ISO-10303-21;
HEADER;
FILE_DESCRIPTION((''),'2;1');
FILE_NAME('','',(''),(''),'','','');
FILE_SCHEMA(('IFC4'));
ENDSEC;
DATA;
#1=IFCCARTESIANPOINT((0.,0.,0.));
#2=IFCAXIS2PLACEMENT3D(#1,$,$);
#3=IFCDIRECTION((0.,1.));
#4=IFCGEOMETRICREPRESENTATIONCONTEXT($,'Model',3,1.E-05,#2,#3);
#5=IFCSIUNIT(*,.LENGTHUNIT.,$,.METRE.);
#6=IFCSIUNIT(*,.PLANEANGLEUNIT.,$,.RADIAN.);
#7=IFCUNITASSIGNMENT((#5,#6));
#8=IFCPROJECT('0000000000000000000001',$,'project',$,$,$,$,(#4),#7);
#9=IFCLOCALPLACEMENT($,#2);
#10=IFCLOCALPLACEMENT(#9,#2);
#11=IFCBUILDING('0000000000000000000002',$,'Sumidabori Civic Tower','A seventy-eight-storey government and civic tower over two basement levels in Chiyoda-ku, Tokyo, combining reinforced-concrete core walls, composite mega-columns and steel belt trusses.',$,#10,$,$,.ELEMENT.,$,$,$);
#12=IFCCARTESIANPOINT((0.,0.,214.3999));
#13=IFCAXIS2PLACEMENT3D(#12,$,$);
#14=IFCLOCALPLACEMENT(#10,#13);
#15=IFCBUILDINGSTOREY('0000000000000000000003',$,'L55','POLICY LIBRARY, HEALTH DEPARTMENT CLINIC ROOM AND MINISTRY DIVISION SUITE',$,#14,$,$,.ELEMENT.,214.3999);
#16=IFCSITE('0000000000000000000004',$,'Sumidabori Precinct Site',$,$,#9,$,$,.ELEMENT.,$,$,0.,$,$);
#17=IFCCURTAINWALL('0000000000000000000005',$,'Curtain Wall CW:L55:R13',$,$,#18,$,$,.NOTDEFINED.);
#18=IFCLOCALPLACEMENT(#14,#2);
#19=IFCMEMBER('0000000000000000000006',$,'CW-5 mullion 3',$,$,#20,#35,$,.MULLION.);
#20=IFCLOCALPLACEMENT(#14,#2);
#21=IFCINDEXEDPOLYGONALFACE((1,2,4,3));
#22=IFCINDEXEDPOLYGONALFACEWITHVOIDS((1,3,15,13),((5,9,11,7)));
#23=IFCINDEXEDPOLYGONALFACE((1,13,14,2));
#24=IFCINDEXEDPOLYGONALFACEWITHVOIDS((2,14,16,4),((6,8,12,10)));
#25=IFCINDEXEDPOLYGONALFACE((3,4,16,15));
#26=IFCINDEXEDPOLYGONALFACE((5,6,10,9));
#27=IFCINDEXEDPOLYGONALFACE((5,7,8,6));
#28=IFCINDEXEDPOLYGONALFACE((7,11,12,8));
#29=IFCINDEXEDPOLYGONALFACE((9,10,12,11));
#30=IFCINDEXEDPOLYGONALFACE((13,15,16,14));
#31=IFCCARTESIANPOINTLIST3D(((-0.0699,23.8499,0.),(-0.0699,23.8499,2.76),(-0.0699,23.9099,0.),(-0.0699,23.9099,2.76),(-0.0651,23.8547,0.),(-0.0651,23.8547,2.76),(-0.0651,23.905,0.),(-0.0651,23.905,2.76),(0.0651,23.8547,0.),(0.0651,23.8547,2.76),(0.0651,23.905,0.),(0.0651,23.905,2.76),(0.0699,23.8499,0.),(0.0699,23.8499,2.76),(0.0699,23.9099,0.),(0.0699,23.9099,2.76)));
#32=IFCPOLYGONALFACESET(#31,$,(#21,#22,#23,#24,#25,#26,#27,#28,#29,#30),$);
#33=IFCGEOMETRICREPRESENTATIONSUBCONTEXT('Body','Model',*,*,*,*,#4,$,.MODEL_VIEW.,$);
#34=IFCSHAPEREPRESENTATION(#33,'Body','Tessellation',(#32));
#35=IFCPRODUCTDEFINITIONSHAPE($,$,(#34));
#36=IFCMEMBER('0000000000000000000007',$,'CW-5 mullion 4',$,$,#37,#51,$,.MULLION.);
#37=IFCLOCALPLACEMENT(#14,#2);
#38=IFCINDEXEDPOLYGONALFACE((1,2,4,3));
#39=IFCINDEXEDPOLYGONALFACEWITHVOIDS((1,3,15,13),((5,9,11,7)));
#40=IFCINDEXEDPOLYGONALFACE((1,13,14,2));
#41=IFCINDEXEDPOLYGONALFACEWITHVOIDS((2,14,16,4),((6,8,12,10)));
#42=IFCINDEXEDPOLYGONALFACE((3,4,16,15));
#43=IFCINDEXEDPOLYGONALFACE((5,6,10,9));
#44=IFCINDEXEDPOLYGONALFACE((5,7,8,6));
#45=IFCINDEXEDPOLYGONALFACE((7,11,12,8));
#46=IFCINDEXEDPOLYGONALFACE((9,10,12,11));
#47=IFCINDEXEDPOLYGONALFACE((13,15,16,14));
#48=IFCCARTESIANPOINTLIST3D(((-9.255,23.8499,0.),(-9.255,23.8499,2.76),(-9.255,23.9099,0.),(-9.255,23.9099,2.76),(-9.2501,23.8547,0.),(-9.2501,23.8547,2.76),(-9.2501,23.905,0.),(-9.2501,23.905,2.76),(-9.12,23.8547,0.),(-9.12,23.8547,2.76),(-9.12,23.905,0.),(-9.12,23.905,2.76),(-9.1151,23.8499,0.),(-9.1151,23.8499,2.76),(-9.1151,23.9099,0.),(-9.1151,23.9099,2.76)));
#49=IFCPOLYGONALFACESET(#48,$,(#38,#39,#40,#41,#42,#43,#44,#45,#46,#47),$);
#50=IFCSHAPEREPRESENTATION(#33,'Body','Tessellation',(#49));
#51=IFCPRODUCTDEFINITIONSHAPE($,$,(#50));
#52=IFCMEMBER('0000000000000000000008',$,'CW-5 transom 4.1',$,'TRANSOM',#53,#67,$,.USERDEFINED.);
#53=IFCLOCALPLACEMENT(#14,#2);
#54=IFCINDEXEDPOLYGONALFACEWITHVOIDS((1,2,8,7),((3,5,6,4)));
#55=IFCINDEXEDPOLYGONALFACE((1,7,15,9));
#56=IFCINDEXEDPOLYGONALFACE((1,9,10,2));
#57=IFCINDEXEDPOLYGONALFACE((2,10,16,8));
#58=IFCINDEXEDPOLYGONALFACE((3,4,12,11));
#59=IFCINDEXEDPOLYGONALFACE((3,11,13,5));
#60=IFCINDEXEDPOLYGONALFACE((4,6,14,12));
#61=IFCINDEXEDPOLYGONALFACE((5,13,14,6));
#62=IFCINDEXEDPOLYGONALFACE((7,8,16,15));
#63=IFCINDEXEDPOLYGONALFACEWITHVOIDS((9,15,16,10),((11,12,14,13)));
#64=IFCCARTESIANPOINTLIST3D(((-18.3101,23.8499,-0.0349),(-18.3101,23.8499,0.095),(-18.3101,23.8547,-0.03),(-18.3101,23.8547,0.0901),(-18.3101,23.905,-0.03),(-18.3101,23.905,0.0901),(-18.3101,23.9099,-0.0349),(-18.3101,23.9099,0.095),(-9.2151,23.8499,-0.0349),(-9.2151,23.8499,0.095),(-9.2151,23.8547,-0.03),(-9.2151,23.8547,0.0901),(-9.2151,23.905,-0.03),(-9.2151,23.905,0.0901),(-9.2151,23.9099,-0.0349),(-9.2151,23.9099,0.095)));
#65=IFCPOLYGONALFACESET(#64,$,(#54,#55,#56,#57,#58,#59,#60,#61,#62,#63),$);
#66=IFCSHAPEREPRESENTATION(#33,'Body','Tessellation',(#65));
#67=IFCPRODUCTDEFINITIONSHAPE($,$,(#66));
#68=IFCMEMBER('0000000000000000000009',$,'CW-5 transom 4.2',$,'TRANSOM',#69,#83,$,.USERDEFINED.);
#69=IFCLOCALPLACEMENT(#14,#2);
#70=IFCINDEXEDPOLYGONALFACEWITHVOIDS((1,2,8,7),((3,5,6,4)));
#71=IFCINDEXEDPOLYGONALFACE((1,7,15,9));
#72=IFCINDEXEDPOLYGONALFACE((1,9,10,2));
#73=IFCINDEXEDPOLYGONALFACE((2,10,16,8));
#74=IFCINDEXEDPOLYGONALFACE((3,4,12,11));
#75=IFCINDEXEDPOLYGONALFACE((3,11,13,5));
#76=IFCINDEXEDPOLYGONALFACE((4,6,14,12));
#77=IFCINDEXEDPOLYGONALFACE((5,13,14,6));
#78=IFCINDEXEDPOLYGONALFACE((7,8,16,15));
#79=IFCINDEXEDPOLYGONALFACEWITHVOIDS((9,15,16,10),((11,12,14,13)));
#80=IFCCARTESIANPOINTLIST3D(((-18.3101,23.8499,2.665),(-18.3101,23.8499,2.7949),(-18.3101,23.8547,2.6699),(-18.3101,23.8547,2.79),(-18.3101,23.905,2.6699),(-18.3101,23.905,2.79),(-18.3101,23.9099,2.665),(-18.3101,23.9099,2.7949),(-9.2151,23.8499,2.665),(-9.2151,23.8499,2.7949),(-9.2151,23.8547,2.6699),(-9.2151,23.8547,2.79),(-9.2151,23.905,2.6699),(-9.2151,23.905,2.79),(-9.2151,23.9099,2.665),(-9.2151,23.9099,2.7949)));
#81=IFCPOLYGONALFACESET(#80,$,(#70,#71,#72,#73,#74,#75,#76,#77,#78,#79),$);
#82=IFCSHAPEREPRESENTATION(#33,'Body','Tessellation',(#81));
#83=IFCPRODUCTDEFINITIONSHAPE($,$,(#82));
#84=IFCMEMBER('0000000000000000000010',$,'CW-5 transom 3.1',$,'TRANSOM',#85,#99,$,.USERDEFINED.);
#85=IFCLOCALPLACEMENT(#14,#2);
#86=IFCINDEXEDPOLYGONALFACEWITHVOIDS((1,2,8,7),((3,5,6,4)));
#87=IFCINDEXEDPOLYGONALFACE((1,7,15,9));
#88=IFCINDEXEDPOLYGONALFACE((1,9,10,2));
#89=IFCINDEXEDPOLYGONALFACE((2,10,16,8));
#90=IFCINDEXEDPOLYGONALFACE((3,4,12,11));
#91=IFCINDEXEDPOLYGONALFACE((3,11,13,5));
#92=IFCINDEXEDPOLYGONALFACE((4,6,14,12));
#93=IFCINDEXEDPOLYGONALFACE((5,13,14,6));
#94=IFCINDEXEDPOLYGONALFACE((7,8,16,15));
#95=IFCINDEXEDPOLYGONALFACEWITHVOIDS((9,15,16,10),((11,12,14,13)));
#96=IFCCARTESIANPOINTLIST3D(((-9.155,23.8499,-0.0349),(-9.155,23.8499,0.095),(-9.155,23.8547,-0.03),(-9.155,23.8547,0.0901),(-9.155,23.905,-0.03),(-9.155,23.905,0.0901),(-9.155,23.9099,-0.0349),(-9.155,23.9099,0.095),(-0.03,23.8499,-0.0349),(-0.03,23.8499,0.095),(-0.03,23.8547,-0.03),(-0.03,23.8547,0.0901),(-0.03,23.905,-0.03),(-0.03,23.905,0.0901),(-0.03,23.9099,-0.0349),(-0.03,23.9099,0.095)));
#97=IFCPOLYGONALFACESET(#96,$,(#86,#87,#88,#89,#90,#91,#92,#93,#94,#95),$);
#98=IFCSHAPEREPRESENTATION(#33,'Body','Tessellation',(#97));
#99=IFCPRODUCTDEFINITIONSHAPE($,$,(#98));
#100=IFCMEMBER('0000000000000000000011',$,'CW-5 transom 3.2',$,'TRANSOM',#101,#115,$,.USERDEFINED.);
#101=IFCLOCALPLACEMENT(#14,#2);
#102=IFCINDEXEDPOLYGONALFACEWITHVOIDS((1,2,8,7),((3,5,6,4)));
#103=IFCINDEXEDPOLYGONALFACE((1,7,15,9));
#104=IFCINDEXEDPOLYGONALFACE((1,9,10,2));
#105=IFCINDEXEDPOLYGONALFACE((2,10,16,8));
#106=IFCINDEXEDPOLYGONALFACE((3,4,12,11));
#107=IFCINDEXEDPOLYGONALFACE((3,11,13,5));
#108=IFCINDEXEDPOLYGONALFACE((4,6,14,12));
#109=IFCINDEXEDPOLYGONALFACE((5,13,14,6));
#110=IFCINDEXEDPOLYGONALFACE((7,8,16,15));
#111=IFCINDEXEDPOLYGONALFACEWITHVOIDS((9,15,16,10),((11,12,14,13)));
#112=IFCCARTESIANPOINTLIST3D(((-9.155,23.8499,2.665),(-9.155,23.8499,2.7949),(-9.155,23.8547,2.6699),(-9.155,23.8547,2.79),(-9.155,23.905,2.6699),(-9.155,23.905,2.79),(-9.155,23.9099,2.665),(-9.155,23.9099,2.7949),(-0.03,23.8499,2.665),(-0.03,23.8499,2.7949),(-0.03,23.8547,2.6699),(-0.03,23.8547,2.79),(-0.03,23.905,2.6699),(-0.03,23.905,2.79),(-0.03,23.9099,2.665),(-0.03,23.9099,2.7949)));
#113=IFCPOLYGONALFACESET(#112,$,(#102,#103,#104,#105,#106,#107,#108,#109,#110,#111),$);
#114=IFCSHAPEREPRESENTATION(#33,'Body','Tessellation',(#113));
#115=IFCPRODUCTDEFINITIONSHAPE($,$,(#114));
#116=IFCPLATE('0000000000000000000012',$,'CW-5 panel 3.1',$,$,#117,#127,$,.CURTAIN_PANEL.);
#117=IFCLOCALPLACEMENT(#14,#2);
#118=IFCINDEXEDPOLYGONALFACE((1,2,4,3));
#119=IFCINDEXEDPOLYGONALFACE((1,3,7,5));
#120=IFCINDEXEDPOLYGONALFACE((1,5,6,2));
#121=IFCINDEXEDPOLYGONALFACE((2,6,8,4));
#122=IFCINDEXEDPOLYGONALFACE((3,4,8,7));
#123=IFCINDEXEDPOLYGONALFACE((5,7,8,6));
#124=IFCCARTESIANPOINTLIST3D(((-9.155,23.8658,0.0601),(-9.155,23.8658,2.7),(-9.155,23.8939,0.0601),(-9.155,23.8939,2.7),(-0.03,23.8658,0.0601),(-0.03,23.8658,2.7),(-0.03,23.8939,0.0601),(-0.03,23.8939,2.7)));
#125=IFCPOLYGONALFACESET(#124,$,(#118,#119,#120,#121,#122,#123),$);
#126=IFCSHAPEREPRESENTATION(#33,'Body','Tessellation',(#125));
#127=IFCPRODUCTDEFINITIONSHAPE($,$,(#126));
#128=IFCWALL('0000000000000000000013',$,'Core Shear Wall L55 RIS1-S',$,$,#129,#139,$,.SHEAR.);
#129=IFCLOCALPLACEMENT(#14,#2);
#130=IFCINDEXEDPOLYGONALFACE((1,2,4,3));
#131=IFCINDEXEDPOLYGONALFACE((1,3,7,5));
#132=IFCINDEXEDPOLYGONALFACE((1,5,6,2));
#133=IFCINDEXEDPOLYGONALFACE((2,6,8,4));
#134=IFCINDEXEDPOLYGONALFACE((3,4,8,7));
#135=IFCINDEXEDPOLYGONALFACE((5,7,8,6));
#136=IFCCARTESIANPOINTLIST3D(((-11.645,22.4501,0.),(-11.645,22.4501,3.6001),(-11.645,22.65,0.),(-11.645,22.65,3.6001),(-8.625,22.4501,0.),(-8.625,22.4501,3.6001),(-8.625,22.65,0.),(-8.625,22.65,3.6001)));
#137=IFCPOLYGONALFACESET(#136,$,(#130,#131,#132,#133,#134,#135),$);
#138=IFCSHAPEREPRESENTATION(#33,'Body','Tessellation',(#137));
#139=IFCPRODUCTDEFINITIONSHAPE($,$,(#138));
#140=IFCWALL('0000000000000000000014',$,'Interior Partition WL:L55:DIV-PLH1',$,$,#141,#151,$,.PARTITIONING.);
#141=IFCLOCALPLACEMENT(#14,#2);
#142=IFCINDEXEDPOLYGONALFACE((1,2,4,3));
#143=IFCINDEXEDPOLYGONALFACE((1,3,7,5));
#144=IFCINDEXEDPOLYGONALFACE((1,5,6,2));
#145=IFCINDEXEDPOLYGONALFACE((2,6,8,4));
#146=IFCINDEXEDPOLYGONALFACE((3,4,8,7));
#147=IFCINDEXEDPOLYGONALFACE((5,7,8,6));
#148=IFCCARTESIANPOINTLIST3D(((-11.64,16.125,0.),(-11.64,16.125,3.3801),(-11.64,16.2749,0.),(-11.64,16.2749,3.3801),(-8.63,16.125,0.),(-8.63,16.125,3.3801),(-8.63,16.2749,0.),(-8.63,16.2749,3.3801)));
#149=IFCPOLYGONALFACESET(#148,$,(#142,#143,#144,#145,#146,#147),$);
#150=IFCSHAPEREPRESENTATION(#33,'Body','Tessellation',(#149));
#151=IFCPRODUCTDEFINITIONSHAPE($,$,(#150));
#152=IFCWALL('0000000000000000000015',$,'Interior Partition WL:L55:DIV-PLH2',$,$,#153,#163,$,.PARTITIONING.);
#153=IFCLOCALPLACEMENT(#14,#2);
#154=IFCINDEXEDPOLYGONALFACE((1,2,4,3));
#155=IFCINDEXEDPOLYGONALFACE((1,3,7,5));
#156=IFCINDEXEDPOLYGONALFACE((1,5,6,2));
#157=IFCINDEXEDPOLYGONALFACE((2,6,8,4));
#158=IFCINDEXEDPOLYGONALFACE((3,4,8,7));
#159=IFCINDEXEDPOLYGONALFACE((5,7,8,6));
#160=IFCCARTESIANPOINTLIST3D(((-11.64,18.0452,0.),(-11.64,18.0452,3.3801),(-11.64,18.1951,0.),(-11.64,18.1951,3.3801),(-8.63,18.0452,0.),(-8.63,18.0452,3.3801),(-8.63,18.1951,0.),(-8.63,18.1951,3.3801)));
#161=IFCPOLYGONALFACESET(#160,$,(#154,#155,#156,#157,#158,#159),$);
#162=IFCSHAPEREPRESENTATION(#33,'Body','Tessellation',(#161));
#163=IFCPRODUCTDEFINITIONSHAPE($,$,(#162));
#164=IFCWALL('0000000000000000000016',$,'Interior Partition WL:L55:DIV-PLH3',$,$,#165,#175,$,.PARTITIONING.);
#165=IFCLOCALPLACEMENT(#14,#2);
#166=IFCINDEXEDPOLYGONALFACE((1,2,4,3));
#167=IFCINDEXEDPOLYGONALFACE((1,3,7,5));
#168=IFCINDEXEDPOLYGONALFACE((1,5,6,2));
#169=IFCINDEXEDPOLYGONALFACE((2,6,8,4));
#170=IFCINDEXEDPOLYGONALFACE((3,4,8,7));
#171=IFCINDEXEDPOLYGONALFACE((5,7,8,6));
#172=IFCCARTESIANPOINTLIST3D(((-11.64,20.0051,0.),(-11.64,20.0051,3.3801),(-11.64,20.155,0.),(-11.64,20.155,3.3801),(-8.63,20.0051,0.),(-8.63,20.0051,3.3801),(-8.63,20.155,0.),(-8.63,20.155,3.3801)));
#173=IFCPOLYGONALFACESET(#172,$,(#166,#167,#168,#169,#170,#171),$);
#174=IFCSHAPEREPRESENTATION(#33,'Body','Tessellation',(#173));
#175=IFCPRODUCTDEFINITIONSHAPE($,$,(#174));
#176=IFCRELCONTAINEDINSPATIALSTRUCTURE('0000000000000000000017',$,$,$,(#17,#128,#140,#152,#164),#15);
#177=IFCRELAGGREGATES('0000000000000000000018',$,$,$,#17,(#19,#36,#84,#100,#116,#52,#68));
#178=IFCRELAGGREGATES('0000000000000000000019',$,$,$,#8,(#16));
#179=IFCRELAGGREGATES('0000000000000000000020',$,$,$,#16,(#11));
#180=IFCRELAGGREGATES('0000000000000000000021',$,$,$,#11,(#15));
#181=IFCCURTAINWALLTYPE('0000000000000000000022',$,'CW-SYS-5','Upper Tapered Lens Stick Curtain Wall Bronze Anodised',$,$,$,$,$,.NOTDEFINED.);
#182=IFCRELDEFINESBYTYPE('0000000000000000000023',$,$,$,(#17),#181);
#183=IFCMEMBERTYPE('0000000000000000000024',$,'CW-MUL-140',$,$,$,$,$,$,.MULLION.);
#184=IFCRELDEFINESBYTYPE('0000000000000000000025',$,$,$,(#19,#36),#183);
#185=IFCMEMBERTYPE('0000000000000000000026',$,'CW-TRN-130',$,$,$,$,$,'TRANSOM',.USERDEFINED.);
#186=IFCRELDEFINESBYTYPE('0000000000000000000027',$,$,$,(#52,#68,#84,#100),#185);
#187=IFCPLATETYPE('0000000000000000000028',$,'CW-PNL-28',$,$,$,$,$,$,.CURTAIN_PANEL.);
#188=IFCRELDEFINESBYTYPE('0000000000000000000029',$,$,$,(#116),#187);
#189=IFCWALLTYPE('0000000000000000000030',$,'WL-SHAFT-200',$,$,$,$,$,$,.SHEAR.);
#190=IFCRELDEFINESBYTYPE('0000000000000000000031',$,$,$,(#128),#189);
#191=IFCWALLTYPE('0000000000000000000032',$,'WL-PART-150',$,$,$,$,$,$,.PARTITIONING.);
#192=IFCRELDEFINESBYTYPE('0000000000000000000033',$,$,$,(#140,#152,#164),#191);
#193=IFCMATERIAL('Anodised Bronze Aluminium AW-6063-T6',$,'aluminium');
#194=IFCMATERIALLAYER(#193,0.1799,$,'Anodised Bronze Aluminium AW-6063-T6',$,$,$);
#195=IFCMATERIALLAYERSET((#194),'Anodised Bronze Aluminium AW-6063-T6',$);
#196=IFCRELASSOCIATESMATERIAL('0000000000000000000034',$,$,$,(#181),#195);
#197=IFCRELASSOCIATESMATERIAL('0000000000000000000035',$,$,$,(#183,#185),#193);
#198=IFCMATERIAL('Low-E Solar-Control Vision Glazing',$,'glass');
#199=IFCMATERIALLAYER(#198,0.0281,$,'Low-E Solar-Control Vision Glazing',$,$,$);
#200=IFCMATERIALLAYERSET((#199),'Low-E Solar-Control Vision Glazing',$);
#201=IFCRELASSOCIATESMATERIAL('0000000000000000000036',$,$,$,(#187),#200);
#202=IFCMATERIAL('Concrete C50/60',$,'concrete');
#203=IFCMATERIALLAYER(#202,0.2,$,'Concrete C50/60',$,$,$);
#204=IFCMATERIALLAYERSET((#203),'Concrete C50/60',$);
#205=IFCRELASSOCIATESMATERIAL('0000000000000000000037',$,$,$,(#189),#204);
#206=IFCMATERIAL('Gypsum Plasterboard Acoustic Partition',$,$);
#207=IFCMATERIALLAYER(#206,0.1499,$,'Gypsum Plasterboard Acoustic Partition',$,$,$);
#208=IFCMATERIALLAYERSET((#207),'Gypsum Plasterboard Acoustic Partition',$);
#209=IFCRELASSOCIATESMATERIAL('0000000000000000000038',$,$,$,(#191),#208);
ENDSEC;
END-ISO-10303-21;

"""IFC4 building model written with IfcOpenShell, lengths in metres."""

from ifc_helpers import new_model, si_unit, direction, frame, frame_2d, origin, origin_2d, place, context, subcontext, project, spatial, rectangle, hollow_rectangle, extrude, source, transform, mapped, material, layer, layer_set, material_profile, profile_set, type_object, element, aggregate, save


model = new_model("IFC4")

# Units and contexts
model_context = context("Model", 3, precision=1e-05, world=origin(), true_north=direction((0.0, 1.0)))
body_context = subcontext(model_context, "Body", "Model", "MODEL_VIEW")
ifc_project = project(units=[si_unit("LENGTHUNIT", "METRE"), si_unit("PLANEANGLEUNIT", "RADIAN")], contexts=[model_context])

# Site, building, storey
site_placement = place(None, origin())
site = spatial("IfcSite", under=ifc_project, at=site_placement, Name="Sumidabori Precinct Site", CompositionType="ELEMENT", RefElevation=0.0)
building_placement = place(site_placement, origin())
building = spatial("IfcBuilding", under=site, at=building_placement, Name="Sumidabori Civic Tower", Description="A seventy-eight-storey government and civic tower over two basement levels in Chiyoda-ku, Tokyo, combining reinforced-concrete core walls, composite mega-columns and steel belt trusses.", CompositionType="ELEMENT")
storey_placement = place(building_placement, frame((0.0, 0.0, 214.3999)))
storey = spatial("IfcBuildingStorey", under=building, at=storey_placement, Name="L55", Description="POLICY LIBRARY, HEALTH DEPARTMENT CLINIC ROOM AND MINISTRY DIVISION SUITE", CompositionType="ELEMENT", Elevation=214.3999)

# Curtain wall, members, plate
ifc_material_1 = material(Name="Anodised Bronze Aluminium AW-6063-T6", Category="aluminium")
ifc_layer_1 = layer(ifc_material_1, 0.1799, Name="Anodised Bronze Aluminium AW-6063-T6")
ifc_layer_set_1 = layer_set([ifc_layer_1], Name="Anodised Bronze Aluminium AW-6063-T6")
curtain_wall_type = type_object("IfcCurtainWallType", Name="CW-SYS-5", Description="Upper Tapered Lens Stick Curtain Wall Bronze Anodised", PredefinedType="NOTDEFINED", material=ifc_layer_set_1)
curtain_wall_placement = place(storey_placement, origin())
curtain_wall = element("IfcCurtainWall", 1, at=curtain_wall_placement, inside=storey, type_object=curtain_wall_type, Name="Curtain Wall CW:L55:R13", PredefinedType="NOTDEFINED")
ifc_material_profile_1 = material_profile(ifc_material_1, hollow_rectangle(XDim=0.0601, YDim=0.1399, WallThickness=0.0049, at=origin_2d()), Name="ALU MULLION 140x60")
ifc_profile_set_1 = profile_set([ifc_material_profile_1], Name="Anodised Bronze Aluminium AW-6063-T6")
member_type_1 = type_object("IfcMemberType", Name="CW-MUL-140", PredefinedType="MULLION", material=ifc_profile_set_1)
shared_shape_1 = source(origin(), body_context, "Body", "SweptSolid", [
    extrude(hollow_rectangle(XDim=0.0601, YDim=0.1399, WallThickness=0.0049, at=origin_2d()), origin(), (0.0, 0.0, 1.0), 2.76),
])
member_1_placement = place(storey_placement, frame((0.0, 23.8799, 0.0), z_axis=(0.0, 0.0, 1.0), x_axis=(0.0, -1.0, 0.0)))
member_1 = element("IfcMember", 2, at=member_1_placement, type_object=member_type_1, Name="CW-5 mullion 3", PredefinedType="MULLION", context=body_context, shape_type="MappedRepresentation", body=[
    mapped(shared_shape_1, transform((0.0, 0.0, 0.0), x_axis=(1.0, 0.0, 0.0), y_axis=(0.0, 1.0, 0.0), z_axis=(0.0, 0.0, 1.0), scale=1.0)),
])
member_2_placement = place(storey_placement, frame((-9.1851, 23.8799, 0.0), z_axis=(0.0, 0.0, 1.0), x_axis=(0.0, -1.0, 0.0)))
member_2 = element("IfcMember", 3, at=member_2_placement, type_object=member_type_1, Name="CW-5 mullion 4", PredefinedType="MULLION", context=body_context, shape_type="MappedRepresentation", body=[
    mapped(shared_shape_1, transform((0.0, 0.0, 0.0), x_axis=(1.0, 0.0, 0.0), y_axis=(0.0, 1.0, 0.0), z_axis=(0.0, 0.0, 1.0), scale=1.0)),
])
ifc_material_profile_2 = material_profile(ifc_material_1, hollow_rectangle(XDim=0.0601, YDim=0.1299, WallThickness=0.0049, at=origin_2d()), Name="ALU TRANSOM 130x60")
ifc_profile_set_2 = profile_set([ifc_material_profile_2], Name="Anodised Bronze Aluminium AW-6063-T6")
member_type_2 = type_object("IfcMemberType", Name="CW-TRN-130", ElementType="TRANSOM", PredefinedType="USERDEFINED", material=ifc_profile_set_2)
shared_shape_2 = source(origin(), body_context, "Body", "SweptSolid", [
    extrude(hollow_rectangle(XDim=0.0601, YDim=0.1299, WallThickness=0.0049, at=origin_2d()), origin(), (0.0, 0.0, 1.0), 9.095),
])
member_3_placement = place(storey_placement, frame((-9.2151, 23.8799, 0.03), z_axis=(-1.0, 0.0, 0.0), x_axis=(0.0, -1.0, 0.0)))
member_3 = element("IfcMember", 4, at=member_3_placement, type_object=member_type_2, Name="CW-5 transom 4.1", ObjectType="TRANSOM", PredefinedType="USERDEFINED", context=body_context, shape_type="MappedRepresentation", body=[
    mapped(shared_shape_2, transform((0.0, 0.0, 0.0), x_axis=(1.0, 0.0, 0.0), y_axis=(0.0, 1.0, 0.0), z_axis=(0.0, 0.0, 1.0), scale=1.0)),
])
member_4_placement = place(storey_placement, frame((-9.2151, 23.8799, 2.73), z_axis=(-1.0, 0.0, 0.0), x_axis=(0.0, -1.0, 0.0)))
member_4 = element("IfcMember", 5, at=member_4_placement, type_object=member_type_2, Name="CW-5 transom 4.2", ObjectType="TRANSOM", PredefinedType="USERDEFINED", context=body_context, shape_type="MappedRepresentation", body=[
    mapped(shared_shape_2, transform((0.0, 0.0, 0.0), x_axis=(1.0, 0.0, 0.0), y_axis=(0.0, 1.0, 0.0), z_axis=(0.0, 0.0, 1.0), scale=1.0)),
])
shared_shape_3 = source(origin(), body_context, "Body", "SweptSolid", [
    extrude(hollow_rectangle(XDim=0.0601, YDim=0.1299, WallThickness=0.0049, at=origin_2d()), origin(), (0.0, 0.0, 1.0), 9.125),
])
member_5_placement = place(storey_placement, frame((-0.03, 23.8799, 0.03), z_axis=(-1.0, 0.0, 0.0), x_axis=(0.0, -1.0, 0.0)))
member_5 = element("IfcMember", 6, at=member_5_placement, type_object=member_type_2, Name="CW-5 transom 3.1", ObjectType="TRANSOM", PredefinedType="USERDEFINED", context=body_context, shape_type="MappedRepresentation", body=[
    mapped(shared_shape_3, transform((0.0, 0.0, 0.0), x_axis=(1.0, 0.0, 0.0), y_axis=(0.0, 1.0, 0.0), z_axis=(0.0, 0.0, 1.0), scale=1.0)),
])
member_6_placement = place(storey_placement, frame((-0.03, 23.8799, 2.73), z_axis=(-1.0, 0.0, 0.0), x_axis=(0.0, -1.0, 0.0)))
member_6 = element("IfcMember", 7, at=member_6_placement, type_object=member_type_2, Name="CW-5 transom 3.2", ObjectType="TRANSOM", PredefinedType="USERDEFINED", context=body_context, shape_type="MappedRepresentation", body=[
    mapped(shared_shape_3, transform((0.0, 0.0, 0.0), x_axis=(1.0, 0.0, 0.0), y_axis=(0.0, 1.0, 0.0), z_axis=(0.0, 0.0, 1.0), scale=1.0)),
])
ifc_material_2 = material(Name="Low-E Solar-Control Vision Glazing", Category="glass")
ifc_layer_2 = layer(ifc_material_2, 0.0281, Name="Low-E Solar-Control Vision Glazing")
ifc_layer_set_2 = layer_set([ifc_layer_2], Name="Low-E Solar-Control Vision Glazing")
plate_type = type_object("IfcPlateType", Name="CW-PNL-28", PredefinedType="CURTAIN_PANEL", material=ifc_layer_set_2)
shared_shape_4 = source(origin(), body_context, "Body", "SweptSolid", [
    extrude(rectangle(XDim=9.125, YDim=0.0281, at=origin_2d()), origin(), (0.0, 0.0, 1.0), 2.6399),
])
plate_placement = place(storey_placement, frame((-4.5925, 23.8799, 0.0601), z_axis=(0.0, 0.0, 1.0), x_axis=(-1.0, 0.0, 0.0)))
plate = element("IfcPlate", 8, at=plate_placement, type_object=plate_type, Name="CW-5 panel 3.1", PredefinedType="CURTAIN_PANEL", context=body_context, shape_type="MappedRepresentation", body=[
    mapped(shared_shape_4, transform((0.0, 0.0, 0.0), x_axis=(1.0, 0.0, 0.0), y_axis=(0.0, 1.0, 0.0), z_axis=(0.0, 0.0, 1.0), scale=1.0)),
])
aggregate(curtain_wall, [member_1, member_2, member_5, member_6, plate, member_3, member_4])

# Walls
ifc_material_3 = material(Name="Concrete C50/60", Category="concrete")
ifc_layer_3 = layer(ifc_material_3, 0.2, Name="Concrete C50/60")
ifc_layer_set_3 = layer_set([ifc_layer_3], Name="Concrete C50/60")
wall_type_1 = type_object("IfcWallType", Name="WL-SHAFT-200", PredefinedType="SHEAR", material=ifc_layer_set_3)
shared_shape_5 = source(origin(), body_context, "Body", "SweptSolid", [
    extrude(rectangle(XDim=3.02, YDim=0.2, at=frame_2d((1.51, 0.0))), origin(), (0.0, 0.0, 1.0), 3.6001),
])
wall_1_placement = place(storey_placement, frame((-11.645, 22.55, 0.0), z_axis=(0.0, 0.0, 1.0), x_axis=(1.0, 0.0, 0.0)))
element("IfcWall", 9, at=wall_1_placement, inside=storey, type_object=wall_type_1, Name="Core Shear Wall L55 RIS1-S", PredefinedType="SHEAR", context=body_context, shape_type="MappedRepresentation", body=[
    mapped(shared_shape_5, transform((0.0, 0.0, 0.0), x_axis=(1.0, 0.0, 0.0), y_axis=(0.0, 1.0, 0.0), z_axis=(0.0, 0.0, 1.0), scale=1.0)),
])
ifc_material_4 = material(Name="Gypsum Plasterboard Acoustic Partition")
ifc_layer_4 = layer(ifc_material_4, 0.1499, Name="Gypsum Plasterboard Acoustic Partition")
ifc_layer_set_4 = layer_set([ifc_layer_4], Name="Gypsum Plasterboard Acoustic Partition")
wall_type_2 = type_object("IfcWallType", Name="WL-PART-150", PredefinedType="PARTITIONING", material=ifc_layer_set_4)
shared_shape_6 = source(origin(), body_context, "Body", "SweptSolid", [
    extrude(rectangle(XDim=3.01, YDim=0.1499, at=frame_2d((1.5049, 0.0))), origin(), (0.0, 0.0, 1.0), 3.3801),
])
for number, where, z_axis, x_axis, name in (
    (10, (-11.6399, 16.2, 0.0), (0.0, 0.0, 1.0), (1.0, 0.0, 0.0), "Interior Partition WL:L55:DIV-PLH1"),
    (11, (-11.6399, 18.1201, 0.0), (0.0, 0.0, 1.0), (1.0, 0.0, 0.0), "Interior Partition WL:L55:DIV-PLH2"),
    (12, (-11.6399, 20.0801, 0.0), (0.0, 0.0, 1.0), (1.0, 0.0, 0.0), "Interior Partition WL:L55:DIV-PLH3"),
):
    element("IfcWall", number, at=place(storey_placement, frame(where, z_axis=z_axis, x_axis=x_axis)), inside=storey, type_object=wall_type_2, Name=name, PredefinedType="PARTITIONING", context=body_context, shape_type="MappedRepresentation", body=[
        mapped(shared_shape_6, transform((0.0, 0.0, 0.0), x_axis=(1.0, 0.0, 0.0), y_axis=(0.0, 1.0, 0.0), z_axis=(0.0, 0.0, 1.0), scale=1.0)),
    ])

save(model, "model.ifc")
